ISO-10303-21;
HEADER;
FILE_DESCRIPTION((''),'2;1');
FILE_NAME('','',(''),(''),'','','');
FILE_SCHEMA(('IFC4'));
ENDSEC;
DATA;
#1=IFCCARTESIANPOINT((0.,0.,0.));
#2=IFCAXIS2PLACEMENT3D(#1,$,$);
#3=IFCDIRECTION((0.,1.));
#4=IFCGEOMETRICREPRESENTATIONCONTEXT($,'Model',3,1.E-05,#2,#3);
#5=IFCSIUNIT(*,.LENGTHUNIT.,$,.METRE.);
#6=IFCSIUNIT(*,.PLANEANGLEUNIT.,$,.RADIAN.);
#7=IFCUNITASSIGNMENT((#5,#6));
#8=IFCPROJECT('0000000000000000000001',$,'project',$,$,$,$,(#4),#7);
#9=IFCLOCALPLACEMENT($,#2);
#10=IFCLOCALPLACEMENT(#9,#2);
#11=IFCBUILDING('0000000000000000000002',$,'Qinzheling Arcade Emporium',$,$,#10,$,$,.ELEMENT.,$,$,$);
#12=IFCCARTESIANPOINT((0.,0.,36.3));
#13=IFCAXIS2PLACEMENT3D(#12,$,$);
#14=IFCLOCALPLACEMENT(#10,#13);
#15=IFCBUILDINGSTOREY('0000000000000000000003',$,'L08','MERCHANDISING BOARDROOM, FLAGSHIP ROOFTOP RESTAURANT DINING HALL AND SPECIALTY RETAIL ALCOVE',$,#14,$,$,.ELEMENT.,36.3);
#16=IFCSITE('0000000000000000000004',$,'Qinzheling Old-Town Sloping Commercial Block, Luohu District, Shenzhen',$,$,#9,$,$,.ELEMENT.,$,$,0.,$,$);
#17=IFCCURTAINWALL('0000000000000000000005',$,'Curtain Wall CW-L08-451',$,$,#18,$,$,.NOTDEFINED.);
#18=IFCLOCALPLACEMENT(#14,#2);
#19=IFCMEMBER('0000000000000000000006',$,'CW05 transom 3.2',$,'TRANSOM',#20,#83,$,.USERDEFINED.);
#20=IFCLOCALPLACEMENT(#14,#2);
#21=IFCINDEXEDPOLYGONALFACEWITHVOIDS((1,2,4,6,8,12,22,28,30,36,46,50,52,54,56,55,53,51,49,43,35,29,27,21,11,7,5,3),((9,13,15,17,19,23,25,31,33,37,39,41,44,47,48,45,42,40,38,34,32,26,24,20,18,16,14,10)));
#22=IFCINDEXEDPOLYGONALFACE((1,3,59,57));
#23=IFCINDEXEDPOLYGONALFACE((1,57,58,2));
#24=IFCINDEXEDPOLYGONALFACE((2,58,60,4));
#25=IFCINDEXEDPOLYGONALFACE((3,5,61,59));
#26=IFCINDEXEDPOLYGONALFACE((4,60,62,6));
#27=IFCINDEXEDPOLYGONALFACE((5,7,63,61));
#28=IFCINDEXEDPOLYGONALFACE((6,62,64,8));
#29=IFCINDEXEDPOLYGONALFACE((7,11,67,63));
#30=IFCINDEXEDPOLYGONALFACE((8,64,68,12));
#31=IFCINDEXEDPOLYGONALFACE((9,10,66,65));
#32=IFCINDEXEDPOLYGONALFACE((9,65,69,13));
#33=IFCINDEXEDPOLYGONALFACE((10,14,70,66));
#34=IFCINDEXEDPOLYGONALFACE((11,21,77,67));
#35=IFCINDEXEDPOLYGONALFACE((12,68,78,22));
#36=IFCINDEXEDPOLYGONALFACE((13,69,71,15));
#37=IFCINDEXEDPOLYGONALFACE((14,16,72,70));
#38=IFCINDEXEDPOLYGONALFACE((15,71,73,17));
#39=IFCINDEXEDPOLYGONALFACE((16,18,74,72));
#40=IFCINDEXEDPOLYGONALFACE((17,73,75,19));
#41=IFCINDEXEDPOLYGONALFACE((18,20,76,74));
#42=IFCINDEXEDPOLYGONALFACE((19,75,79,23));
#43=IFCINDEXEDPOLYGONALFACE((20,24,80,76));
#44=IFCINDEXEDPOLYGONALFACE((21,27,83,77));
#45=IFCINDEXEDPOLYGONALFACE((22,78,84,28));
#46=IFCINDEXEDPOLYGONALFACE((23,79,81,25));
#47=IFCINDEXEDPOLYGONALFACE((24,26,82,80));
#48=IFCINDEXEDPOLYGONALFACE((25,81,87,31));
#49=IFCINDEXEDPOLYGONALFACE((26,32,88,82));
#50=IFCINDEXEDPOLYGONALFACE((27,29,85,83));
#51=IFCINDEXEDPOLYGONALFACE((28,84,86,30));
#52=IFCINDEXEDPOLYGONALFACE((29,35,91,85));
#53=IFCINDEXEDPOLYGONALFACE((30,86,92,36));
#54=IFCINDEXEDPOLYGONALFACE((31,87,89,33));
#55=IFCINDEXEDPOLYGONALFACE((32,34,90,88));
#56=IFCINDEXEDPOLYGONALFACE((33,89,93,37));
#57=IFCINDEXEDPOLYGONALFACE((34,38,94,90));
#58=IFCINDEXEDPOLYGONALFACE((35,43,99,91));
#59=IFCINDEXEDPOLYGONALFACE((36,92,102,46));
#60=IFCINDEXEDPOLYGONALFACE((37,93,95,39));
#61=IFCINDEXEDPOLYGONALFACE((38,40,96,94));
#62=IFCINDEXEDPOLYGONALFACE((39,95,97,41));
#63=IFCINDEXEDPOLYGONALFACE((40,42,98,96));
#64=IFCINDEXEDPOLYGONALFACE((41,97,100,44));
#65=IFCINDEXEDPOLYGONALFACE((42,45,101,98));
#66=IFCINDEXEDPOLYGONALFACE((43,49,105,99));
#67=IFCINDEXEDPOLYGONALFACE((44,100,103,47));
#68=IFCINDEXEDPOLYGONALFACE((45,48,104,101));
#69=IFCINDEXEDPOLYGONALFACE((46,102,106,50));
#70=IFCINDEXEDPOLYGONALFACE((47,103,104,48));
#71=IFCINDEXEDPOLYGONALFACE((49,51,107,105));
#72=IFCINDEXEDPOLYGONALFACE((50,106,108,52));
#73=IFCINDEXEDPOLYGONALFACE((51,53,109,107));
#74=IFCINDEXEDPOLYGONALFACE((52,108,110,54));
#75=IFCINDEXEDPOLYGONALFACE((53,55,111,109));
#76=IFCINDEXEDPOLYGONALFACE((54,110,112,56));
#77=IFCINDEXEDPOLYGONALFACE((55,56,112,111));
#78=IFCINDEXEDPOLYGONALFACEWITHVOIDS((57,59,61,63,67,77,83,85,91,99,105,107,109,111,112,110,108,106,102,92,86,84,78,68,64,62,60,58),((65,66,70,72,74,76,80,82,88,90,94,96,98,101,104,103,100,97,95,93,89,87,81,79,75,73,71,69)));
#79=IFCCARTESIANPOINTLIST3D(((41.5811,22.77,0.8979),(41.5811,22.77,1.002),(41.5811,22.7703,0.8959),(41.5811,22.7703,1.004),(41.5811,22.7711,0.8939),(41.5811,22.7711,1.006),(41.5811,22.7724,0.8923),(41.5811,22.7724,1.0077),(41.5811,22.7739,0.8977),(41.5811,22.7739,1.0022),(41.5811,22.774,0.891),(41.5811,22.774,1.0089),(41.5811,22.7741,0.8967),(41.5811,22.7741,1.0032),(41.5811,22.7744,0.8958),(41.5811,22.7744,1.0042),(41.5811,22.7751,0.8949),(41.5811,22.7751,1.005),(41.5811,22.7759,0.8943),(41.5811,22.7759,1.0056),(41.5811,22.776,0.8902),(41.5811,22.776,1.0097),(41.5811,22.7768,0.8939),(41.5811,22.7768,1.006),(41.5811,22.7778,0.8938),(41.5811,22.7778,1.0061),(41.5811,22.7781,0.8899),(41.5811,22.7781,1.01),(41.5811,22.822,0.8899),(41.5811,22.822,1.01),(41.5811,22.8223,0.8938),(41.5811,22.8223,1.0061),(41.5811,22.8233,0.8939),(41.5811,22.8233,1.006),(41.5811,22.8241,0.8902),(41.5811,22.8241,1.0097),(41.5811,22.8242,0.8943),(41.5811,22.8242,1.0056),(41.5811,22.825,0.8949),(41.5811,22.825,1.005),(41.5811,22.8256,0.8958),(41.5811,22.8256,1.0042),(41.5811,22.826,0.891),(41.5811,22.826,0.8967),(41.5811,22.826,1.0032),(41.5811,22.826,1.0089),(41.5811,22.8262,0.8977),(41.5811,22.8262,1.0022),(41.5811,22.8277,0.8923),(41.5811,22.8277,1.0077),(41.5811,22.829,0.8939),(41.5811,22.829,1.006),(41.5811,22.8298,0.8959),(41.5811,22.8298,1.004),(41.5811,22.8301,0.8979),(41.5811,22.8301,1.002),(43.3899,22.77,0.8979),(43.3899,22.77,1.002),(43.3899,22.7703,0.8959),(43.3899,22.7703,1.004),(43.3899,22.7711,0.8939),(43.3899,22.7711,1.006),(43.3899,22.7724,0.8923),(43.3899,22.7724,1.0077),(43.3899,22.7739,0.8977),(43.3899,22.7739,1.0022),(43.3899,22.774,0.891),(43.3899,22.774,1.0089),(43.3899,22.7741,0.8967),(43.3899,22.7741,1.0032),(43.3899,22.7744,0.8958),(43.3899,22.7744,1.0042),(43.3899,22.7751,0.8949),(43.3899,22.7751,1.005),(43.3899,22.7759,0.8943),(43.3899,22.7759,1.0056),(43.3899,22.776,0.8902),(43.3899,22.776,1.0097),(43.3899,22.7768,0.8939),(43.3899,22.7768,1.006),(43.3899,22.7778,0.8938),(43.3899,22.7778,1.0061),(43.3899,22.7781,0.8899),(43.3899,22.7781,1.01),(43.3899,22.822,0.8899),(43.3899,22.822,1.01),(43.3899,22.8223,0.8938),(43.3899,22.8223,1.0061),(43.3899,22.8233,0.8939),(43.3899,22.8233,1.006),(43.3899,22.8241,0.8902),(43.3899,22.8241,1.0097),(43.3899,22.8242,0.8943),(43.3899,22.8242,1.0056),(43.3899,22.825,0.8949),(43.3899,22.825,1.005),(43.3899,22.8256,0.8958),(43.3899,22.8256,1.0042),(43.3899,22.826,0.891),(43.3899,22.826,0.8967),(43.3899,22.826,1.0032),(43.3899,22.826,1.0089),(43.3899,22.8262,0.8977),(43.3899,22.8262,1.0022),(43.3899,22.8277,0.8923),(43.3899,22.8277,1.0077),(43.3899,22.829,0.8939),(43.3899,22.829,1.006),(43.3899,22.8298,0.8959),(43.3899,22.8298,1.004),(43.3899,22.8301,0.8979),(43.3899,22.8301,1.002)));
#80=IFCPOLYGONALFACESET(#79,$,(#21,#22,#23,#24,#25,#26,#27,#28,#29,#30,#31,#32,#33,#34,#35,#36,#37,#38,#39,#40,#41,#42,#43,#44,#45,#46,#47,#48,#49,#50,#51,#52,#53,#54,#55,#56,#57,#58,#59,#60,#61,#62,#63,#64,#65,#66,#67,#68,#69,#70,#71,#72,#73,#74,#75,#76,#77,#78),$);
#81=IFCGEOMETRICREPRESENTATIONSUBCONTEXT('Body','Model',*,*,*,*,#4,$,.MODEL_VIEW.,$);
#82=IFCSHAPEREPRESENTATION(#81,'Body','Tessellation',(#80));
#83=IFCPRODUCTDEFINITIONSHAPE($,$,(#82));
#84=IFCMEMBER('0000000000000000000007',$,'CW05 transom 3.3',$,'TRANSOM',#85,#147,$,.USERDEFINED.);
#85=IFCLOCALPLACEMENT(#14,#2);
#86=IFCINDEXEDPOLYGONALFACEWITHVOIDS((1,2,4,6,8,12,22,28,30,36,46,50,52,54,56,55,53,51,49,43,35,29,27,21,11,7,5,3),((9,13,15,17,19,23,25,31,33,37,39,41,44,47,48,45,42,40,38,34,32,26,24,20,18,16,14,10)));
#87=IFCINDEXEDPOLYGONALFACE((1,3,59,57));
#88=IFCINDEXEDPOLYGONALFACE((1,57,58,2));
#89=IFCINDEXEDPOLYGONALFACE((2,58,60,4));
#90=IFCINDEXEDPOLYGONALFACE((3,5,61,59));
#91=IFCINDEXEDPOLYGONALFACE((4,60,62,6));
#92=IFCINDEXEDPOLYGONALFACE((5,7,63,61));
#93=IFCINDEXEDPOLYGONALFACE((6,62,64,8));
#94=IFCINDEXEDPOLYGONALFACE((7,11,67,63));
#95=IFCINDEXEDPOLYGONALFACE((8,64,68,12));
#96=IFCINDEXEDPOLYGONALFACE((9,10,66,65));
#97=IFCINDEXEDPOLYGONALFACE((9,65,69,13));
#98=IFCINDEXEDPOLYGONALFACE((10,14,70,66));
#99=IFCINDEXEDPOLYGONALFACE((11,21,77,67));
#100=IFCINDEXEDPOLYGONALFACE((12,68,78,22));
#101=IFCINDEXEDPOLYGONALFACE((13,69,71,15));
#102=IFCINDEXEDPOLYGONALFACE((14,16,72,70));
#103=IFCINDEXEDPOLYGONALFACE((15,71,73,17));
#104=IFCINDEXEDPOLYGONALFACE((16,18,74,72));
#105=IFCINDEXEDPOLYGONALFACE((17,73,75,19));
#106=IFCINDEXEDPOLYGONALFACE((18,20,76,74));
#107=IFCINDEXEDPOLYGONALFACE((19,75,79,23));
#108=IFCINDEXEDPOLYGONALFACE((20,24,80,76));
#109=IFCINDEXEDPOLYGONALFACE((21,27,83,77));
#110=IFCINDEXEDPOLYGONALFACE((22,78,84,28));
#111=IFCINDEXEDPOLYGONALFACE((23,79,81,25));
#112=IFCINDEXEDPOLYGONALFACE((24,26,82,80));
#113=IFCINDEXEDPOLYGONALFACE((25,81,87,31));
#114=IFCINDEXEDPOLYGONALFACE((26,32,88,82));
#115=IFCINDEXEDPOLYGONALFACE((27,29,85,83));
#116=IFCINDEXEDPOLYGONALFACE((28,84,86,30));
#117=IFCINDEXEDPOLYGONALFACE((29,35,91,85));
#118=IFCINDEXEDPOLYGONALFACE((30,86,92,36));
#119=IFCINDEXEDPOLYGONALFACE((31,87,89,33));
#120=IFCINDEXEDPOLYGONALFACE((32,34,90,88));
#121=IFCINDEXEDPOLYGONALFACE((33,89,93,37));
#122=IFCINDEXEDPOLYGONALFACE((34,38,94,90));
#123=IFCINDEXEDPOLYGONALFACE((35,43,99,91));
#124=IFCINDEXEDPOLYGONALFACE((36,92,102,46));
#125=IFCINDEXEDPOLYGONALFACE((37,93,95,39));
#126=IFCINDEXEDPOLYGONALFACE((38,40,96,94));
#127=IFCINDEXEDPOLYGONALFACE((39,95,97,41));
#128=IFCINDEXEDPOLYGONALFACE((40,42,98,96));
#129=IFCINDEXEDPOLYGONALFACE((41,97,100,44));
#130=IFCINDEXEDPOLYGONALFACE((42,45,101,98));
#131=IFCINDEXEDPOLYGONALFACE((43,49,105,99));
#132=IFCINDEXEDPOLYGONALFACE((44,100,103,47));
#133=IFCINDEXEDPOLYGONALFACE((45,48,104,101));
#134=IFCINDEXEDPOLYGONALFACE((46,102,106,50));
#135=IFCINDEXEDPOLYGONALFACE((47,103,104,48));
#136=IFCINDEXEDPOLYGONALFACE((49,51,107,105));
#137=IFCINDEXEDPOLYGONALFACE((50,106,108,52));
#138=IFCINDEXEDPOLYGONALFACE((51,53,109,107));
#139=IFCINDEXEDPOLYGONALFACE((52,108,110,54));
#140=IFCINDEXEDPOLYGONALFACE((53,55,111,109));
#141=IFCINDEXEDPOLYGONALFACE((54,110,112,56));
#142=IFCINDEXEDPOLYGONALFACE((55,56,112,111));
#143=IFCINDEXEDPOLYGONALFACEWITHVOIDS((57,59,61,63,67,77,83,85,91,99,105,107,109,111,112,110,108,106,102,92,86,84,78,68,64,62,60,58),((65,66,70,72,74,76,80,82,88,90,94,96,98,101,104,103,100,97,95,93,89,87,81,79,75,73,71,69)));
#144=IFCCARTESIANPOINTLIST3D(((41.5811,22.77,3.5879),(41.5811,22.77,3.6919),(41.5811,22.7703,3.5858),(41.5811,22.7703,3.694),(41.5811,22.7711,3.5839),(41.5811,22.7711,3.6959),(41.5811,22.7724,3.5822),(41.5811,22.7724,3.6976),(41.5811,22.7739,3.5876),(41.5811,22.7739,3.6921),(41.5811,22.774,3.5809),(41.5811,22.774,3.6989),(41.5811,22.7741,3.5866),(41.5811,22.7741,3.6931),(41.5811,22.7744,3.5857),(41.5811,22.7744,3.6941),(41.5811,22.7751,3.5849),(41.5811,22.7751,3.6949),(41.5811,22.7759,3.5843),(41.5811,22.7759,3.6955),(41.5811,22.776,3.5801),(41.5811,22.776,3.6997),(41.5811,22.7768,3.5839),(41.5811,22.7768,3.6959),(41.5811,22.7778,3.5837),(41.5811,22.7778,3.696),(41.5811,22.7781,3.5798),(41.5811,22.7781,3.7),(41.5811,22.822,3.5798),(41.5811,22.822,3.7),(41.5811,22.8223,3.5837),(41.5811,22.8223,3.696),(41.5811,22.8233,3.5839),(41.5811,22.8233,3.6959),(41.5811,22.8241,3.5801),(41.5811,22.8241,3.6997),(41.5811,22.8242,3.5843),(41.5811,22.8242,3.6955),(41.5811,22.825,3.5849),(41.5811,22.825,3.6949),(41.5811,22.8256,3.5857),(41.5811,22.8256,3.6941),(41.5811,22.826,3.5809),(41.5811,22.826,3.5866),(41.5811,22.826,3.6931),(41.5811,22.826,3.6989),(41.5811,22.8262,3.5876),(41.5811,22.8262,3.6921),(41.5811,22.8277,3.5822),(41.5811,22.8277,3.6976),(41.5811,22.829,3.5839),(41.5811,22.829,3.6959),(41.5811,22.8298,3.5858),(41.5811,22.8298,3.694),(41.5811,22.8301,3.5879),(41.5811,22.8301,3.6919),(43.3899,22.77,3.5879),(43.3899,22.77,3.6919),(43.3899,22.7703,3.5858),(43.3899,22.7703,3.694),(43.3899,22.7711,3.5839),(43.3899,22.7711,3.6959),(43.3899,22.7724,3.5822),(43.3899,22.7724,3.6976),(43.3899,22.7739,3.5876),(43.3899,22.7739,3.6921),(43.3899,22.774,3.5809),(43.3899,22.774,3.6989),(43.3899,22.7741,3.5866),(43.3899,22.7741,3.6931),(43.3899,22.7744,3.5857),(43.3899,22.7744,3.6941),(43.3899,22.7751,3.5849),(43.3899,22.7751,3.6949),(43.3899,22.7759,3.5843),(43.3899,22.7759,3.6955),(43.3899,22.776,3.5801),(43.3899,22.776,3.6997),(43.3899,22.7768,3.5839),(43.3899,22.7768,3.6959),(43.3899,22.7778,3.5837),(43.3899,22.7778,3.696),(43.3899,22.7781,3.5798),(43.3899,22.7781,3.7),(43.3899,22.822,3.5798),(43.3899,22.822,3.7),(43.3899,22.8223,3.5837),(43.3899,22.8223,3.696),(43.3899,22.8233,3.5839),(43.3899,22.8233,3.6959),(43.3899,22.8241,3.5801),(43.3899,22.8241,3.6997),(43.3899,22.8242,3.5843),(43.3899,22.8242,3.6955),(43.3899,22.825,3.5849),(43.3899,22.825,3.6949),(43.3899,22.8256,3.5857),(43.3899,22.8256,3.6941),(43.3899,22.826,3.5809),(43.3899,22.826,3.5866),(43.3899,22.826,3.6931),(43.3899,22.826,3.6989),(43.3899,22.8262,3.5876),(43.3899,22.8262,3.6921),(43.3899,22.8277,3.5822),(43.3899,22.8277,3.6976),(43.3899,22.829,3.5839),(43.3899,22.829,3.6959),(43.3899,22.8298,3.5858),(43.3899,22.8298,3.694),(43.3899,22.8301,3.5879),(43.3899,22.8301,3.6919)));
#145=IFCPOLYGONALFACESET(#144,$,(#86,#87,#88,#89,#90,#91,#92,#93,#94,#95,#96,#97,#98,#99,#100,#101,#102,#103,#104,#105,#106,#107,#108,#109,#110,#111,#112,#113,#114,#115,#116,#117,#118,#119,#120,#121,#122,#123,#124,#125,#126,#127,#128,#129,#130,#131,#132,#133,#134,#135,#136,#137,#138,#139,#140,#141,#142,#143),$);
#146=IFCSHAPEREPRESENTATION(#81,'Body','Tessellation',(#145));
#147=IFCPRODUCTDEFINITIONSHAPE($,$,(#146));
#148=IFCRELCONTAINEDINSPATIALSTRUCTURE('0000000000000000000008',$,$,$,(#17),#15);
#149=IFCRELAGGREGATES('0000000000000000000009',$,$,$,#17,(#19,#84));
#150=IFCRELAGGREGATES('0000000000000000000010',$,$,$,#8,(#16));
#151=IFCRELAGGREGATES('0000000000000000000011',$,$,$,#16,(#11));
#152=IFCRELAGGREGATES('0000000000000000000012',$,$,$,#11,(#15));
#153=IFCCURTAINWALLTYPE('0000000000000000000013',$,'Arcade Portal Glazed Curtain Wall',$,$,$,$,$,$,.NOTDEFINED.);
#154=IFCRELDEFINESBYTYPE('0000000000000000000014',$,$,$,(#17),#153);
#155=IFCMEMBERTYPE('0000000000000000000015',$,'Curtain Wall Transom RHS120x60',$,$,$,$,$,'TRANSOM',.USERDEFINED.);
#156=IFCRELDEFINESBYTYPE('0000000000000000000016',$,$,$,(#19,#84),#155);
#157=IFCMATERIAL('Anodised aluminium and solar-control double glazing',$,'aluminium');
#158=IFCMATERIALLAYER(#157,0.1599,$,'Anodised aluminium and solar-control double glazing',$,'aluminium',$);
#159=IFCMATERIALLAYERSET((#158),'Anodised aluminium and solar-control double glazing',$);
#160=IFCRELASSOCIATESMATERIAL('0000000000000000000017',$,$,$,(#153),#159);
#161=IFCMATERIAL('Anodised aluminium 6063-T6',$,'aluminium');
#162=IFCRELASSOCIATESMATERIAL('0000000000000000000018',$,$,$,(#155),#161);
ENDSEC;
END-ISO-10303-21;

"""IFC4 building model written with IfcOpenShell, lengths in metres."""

from ifc_helpers import new_model, si_unit, direction, frame, origin, origin_2d, place, context, subcontext, project, spatial, hollow_rectangle, extrude, material, layer, layer_set, material_profile, profile_set, type_object, element, aggregate, save


model = new_model("IFC4")

# Units and contexts
model_context = context("Model", 3, precision=1e-05, world=origin(), true_north=direction((0.0, 1.0)))
body_context = subcontext(model_context, "Body", "Model", "MODEL_VIEW")
ifc_project = project(units=[si_unit("LENGTHUNIT", "METRE"), si_unit("PLANEANGLEUNIT", "RADIAN")], contexts=[model_context])

# Site, building, storey
site_placement = place(None, origin())
site = spatial("IfcSite", under=ifc_project, at=site_placement, Name="Qinzheling Old-Town Sloping Commercial Block, Luohu District, Shenzhen", CompositionType="ELEMENT", RefElevation=0.0)
building_placement = place(site_placement, origin())
building = spatial("IfcBuilding", under=site, at=building_placement, Name="Qinzheling Arcade Emporium", CompositionType="ELEMENT")
storey_placement = place(building_placement, frame((0.0, 0.0, 36.3)))
storey = spatial("IfcBuildingStorey", under=building, at=storey_placement, Name="L08", Description="MERCHANDISING BOARDROOM, FLAGSHIP ROOFTOP RESTAURANT DINING HALL AND SPECIALTY RETAIL ALCOVE", CompositionType="ELEMENT", Elevation=36.3)

# Curtain wall, members
ifc_material_1 = material(Name="Anodised aluminium and solar-control double glazing", Category="aluminium")
ifc_layer_1 = layer(ifc_material_1, 0.1599, Name="Anodised aluminium and solar-control double glazing", Category="aluminium")
ifc_layer_set_1 = layer_set([ifc_layer_1], Name="Anodised aluminium and solar-control double glazing")
curtain_wall_type = type_object("IfcCurtainWallType", Name="Arcade Portal Glazed Curtain Wall", PredefinedType="NOTDEFINED", material=ifc_layer_set_1)
curtain_wall_placement = place(storey_placement, origin())
curtain_wall = element("IfcCurtainWall", 1, at=curtain_wall_placement, inside=storey, type_object=curtain_wall_type, Name="Curtain Wall CW-L08-451", PredefinedType="NOTDEFINED")
ifc_material_2 = material(Name="Anodised aluminium 6063-T6", Category="aluminium")
ifc_material_profile_1 = material_profile(ifc_material_2, hollow_rectangle(XDim=0.0601, YDim=0.1201, WallThickness=0.0039, InnerFilletRadius=0.0039, OuterFilletRadius=0.0081, at=origin_2d()), Name="RHS 120x60x4", Category="aluminium")
ifc_profile_set_1 = profile_set([ifc_material_profile_1], Name="Anodised aluminium 6063-T6")
member_type_1 = type_object("IfcMemberType", Name="Curtain Wall Transom RHS120x60", ElementType="TRANSOM", PredefinedType="USERDEFINED", material=ifc_profile_set_1)
member_1_placement = place(storey_placement, frame((43.3899, 22.8, 0.95), z_axis=(-1.0, 0.0, 0.0), x_axis=(0.0, -1.0, 0.0)))
member_1 = element("IfcMember", 2, at=member_1_placement, type_object=member_type_1, Name="CW05 transom 3.2", ObjectType="TRANSOM", PredefinedType="USERDEFINED", context=body_context, shape_type="SweptSolid", body=[
    extrude(hollow_rectangle(XDim=0.0601, YDim=0.1201, WallThickness=0.0039, InnerFilletRadius=0.0039, OuterFilletRadius=0.0081, at=origin_2d()), origin(), (0.0, 0.0, 1.0), 1.8088),
])
member_2_placement = place(storey_placement, frame((43.3899, 22.8, 3.6399), z_axis=(-1.0, 0.0, 0.0), x_axis=(0.0, -1.0, 0.0)))
member_2 = element("IfcMember", 3, at=member_2_placement, type_object=member_type_1, Name="CW05 transom 3.3", ObjectType="TRANSOM", PredefinedType="USERDEFINED", context=body_context, shape_type="SweptSolid", body=[
    extrude(hollow_rectangle(XDim=0.0601, YDim=0.1201, WallThickness=0.0039, InnerFilletRadius=0.0039, OuterFilletRadius=0.0081, at=origin_2d()), origin(), (0.0, 0.0, 1.0), 1.8088),
])

aggregate(curtain_wall, [member_1, member_2])

save(model, "model.ifc")
